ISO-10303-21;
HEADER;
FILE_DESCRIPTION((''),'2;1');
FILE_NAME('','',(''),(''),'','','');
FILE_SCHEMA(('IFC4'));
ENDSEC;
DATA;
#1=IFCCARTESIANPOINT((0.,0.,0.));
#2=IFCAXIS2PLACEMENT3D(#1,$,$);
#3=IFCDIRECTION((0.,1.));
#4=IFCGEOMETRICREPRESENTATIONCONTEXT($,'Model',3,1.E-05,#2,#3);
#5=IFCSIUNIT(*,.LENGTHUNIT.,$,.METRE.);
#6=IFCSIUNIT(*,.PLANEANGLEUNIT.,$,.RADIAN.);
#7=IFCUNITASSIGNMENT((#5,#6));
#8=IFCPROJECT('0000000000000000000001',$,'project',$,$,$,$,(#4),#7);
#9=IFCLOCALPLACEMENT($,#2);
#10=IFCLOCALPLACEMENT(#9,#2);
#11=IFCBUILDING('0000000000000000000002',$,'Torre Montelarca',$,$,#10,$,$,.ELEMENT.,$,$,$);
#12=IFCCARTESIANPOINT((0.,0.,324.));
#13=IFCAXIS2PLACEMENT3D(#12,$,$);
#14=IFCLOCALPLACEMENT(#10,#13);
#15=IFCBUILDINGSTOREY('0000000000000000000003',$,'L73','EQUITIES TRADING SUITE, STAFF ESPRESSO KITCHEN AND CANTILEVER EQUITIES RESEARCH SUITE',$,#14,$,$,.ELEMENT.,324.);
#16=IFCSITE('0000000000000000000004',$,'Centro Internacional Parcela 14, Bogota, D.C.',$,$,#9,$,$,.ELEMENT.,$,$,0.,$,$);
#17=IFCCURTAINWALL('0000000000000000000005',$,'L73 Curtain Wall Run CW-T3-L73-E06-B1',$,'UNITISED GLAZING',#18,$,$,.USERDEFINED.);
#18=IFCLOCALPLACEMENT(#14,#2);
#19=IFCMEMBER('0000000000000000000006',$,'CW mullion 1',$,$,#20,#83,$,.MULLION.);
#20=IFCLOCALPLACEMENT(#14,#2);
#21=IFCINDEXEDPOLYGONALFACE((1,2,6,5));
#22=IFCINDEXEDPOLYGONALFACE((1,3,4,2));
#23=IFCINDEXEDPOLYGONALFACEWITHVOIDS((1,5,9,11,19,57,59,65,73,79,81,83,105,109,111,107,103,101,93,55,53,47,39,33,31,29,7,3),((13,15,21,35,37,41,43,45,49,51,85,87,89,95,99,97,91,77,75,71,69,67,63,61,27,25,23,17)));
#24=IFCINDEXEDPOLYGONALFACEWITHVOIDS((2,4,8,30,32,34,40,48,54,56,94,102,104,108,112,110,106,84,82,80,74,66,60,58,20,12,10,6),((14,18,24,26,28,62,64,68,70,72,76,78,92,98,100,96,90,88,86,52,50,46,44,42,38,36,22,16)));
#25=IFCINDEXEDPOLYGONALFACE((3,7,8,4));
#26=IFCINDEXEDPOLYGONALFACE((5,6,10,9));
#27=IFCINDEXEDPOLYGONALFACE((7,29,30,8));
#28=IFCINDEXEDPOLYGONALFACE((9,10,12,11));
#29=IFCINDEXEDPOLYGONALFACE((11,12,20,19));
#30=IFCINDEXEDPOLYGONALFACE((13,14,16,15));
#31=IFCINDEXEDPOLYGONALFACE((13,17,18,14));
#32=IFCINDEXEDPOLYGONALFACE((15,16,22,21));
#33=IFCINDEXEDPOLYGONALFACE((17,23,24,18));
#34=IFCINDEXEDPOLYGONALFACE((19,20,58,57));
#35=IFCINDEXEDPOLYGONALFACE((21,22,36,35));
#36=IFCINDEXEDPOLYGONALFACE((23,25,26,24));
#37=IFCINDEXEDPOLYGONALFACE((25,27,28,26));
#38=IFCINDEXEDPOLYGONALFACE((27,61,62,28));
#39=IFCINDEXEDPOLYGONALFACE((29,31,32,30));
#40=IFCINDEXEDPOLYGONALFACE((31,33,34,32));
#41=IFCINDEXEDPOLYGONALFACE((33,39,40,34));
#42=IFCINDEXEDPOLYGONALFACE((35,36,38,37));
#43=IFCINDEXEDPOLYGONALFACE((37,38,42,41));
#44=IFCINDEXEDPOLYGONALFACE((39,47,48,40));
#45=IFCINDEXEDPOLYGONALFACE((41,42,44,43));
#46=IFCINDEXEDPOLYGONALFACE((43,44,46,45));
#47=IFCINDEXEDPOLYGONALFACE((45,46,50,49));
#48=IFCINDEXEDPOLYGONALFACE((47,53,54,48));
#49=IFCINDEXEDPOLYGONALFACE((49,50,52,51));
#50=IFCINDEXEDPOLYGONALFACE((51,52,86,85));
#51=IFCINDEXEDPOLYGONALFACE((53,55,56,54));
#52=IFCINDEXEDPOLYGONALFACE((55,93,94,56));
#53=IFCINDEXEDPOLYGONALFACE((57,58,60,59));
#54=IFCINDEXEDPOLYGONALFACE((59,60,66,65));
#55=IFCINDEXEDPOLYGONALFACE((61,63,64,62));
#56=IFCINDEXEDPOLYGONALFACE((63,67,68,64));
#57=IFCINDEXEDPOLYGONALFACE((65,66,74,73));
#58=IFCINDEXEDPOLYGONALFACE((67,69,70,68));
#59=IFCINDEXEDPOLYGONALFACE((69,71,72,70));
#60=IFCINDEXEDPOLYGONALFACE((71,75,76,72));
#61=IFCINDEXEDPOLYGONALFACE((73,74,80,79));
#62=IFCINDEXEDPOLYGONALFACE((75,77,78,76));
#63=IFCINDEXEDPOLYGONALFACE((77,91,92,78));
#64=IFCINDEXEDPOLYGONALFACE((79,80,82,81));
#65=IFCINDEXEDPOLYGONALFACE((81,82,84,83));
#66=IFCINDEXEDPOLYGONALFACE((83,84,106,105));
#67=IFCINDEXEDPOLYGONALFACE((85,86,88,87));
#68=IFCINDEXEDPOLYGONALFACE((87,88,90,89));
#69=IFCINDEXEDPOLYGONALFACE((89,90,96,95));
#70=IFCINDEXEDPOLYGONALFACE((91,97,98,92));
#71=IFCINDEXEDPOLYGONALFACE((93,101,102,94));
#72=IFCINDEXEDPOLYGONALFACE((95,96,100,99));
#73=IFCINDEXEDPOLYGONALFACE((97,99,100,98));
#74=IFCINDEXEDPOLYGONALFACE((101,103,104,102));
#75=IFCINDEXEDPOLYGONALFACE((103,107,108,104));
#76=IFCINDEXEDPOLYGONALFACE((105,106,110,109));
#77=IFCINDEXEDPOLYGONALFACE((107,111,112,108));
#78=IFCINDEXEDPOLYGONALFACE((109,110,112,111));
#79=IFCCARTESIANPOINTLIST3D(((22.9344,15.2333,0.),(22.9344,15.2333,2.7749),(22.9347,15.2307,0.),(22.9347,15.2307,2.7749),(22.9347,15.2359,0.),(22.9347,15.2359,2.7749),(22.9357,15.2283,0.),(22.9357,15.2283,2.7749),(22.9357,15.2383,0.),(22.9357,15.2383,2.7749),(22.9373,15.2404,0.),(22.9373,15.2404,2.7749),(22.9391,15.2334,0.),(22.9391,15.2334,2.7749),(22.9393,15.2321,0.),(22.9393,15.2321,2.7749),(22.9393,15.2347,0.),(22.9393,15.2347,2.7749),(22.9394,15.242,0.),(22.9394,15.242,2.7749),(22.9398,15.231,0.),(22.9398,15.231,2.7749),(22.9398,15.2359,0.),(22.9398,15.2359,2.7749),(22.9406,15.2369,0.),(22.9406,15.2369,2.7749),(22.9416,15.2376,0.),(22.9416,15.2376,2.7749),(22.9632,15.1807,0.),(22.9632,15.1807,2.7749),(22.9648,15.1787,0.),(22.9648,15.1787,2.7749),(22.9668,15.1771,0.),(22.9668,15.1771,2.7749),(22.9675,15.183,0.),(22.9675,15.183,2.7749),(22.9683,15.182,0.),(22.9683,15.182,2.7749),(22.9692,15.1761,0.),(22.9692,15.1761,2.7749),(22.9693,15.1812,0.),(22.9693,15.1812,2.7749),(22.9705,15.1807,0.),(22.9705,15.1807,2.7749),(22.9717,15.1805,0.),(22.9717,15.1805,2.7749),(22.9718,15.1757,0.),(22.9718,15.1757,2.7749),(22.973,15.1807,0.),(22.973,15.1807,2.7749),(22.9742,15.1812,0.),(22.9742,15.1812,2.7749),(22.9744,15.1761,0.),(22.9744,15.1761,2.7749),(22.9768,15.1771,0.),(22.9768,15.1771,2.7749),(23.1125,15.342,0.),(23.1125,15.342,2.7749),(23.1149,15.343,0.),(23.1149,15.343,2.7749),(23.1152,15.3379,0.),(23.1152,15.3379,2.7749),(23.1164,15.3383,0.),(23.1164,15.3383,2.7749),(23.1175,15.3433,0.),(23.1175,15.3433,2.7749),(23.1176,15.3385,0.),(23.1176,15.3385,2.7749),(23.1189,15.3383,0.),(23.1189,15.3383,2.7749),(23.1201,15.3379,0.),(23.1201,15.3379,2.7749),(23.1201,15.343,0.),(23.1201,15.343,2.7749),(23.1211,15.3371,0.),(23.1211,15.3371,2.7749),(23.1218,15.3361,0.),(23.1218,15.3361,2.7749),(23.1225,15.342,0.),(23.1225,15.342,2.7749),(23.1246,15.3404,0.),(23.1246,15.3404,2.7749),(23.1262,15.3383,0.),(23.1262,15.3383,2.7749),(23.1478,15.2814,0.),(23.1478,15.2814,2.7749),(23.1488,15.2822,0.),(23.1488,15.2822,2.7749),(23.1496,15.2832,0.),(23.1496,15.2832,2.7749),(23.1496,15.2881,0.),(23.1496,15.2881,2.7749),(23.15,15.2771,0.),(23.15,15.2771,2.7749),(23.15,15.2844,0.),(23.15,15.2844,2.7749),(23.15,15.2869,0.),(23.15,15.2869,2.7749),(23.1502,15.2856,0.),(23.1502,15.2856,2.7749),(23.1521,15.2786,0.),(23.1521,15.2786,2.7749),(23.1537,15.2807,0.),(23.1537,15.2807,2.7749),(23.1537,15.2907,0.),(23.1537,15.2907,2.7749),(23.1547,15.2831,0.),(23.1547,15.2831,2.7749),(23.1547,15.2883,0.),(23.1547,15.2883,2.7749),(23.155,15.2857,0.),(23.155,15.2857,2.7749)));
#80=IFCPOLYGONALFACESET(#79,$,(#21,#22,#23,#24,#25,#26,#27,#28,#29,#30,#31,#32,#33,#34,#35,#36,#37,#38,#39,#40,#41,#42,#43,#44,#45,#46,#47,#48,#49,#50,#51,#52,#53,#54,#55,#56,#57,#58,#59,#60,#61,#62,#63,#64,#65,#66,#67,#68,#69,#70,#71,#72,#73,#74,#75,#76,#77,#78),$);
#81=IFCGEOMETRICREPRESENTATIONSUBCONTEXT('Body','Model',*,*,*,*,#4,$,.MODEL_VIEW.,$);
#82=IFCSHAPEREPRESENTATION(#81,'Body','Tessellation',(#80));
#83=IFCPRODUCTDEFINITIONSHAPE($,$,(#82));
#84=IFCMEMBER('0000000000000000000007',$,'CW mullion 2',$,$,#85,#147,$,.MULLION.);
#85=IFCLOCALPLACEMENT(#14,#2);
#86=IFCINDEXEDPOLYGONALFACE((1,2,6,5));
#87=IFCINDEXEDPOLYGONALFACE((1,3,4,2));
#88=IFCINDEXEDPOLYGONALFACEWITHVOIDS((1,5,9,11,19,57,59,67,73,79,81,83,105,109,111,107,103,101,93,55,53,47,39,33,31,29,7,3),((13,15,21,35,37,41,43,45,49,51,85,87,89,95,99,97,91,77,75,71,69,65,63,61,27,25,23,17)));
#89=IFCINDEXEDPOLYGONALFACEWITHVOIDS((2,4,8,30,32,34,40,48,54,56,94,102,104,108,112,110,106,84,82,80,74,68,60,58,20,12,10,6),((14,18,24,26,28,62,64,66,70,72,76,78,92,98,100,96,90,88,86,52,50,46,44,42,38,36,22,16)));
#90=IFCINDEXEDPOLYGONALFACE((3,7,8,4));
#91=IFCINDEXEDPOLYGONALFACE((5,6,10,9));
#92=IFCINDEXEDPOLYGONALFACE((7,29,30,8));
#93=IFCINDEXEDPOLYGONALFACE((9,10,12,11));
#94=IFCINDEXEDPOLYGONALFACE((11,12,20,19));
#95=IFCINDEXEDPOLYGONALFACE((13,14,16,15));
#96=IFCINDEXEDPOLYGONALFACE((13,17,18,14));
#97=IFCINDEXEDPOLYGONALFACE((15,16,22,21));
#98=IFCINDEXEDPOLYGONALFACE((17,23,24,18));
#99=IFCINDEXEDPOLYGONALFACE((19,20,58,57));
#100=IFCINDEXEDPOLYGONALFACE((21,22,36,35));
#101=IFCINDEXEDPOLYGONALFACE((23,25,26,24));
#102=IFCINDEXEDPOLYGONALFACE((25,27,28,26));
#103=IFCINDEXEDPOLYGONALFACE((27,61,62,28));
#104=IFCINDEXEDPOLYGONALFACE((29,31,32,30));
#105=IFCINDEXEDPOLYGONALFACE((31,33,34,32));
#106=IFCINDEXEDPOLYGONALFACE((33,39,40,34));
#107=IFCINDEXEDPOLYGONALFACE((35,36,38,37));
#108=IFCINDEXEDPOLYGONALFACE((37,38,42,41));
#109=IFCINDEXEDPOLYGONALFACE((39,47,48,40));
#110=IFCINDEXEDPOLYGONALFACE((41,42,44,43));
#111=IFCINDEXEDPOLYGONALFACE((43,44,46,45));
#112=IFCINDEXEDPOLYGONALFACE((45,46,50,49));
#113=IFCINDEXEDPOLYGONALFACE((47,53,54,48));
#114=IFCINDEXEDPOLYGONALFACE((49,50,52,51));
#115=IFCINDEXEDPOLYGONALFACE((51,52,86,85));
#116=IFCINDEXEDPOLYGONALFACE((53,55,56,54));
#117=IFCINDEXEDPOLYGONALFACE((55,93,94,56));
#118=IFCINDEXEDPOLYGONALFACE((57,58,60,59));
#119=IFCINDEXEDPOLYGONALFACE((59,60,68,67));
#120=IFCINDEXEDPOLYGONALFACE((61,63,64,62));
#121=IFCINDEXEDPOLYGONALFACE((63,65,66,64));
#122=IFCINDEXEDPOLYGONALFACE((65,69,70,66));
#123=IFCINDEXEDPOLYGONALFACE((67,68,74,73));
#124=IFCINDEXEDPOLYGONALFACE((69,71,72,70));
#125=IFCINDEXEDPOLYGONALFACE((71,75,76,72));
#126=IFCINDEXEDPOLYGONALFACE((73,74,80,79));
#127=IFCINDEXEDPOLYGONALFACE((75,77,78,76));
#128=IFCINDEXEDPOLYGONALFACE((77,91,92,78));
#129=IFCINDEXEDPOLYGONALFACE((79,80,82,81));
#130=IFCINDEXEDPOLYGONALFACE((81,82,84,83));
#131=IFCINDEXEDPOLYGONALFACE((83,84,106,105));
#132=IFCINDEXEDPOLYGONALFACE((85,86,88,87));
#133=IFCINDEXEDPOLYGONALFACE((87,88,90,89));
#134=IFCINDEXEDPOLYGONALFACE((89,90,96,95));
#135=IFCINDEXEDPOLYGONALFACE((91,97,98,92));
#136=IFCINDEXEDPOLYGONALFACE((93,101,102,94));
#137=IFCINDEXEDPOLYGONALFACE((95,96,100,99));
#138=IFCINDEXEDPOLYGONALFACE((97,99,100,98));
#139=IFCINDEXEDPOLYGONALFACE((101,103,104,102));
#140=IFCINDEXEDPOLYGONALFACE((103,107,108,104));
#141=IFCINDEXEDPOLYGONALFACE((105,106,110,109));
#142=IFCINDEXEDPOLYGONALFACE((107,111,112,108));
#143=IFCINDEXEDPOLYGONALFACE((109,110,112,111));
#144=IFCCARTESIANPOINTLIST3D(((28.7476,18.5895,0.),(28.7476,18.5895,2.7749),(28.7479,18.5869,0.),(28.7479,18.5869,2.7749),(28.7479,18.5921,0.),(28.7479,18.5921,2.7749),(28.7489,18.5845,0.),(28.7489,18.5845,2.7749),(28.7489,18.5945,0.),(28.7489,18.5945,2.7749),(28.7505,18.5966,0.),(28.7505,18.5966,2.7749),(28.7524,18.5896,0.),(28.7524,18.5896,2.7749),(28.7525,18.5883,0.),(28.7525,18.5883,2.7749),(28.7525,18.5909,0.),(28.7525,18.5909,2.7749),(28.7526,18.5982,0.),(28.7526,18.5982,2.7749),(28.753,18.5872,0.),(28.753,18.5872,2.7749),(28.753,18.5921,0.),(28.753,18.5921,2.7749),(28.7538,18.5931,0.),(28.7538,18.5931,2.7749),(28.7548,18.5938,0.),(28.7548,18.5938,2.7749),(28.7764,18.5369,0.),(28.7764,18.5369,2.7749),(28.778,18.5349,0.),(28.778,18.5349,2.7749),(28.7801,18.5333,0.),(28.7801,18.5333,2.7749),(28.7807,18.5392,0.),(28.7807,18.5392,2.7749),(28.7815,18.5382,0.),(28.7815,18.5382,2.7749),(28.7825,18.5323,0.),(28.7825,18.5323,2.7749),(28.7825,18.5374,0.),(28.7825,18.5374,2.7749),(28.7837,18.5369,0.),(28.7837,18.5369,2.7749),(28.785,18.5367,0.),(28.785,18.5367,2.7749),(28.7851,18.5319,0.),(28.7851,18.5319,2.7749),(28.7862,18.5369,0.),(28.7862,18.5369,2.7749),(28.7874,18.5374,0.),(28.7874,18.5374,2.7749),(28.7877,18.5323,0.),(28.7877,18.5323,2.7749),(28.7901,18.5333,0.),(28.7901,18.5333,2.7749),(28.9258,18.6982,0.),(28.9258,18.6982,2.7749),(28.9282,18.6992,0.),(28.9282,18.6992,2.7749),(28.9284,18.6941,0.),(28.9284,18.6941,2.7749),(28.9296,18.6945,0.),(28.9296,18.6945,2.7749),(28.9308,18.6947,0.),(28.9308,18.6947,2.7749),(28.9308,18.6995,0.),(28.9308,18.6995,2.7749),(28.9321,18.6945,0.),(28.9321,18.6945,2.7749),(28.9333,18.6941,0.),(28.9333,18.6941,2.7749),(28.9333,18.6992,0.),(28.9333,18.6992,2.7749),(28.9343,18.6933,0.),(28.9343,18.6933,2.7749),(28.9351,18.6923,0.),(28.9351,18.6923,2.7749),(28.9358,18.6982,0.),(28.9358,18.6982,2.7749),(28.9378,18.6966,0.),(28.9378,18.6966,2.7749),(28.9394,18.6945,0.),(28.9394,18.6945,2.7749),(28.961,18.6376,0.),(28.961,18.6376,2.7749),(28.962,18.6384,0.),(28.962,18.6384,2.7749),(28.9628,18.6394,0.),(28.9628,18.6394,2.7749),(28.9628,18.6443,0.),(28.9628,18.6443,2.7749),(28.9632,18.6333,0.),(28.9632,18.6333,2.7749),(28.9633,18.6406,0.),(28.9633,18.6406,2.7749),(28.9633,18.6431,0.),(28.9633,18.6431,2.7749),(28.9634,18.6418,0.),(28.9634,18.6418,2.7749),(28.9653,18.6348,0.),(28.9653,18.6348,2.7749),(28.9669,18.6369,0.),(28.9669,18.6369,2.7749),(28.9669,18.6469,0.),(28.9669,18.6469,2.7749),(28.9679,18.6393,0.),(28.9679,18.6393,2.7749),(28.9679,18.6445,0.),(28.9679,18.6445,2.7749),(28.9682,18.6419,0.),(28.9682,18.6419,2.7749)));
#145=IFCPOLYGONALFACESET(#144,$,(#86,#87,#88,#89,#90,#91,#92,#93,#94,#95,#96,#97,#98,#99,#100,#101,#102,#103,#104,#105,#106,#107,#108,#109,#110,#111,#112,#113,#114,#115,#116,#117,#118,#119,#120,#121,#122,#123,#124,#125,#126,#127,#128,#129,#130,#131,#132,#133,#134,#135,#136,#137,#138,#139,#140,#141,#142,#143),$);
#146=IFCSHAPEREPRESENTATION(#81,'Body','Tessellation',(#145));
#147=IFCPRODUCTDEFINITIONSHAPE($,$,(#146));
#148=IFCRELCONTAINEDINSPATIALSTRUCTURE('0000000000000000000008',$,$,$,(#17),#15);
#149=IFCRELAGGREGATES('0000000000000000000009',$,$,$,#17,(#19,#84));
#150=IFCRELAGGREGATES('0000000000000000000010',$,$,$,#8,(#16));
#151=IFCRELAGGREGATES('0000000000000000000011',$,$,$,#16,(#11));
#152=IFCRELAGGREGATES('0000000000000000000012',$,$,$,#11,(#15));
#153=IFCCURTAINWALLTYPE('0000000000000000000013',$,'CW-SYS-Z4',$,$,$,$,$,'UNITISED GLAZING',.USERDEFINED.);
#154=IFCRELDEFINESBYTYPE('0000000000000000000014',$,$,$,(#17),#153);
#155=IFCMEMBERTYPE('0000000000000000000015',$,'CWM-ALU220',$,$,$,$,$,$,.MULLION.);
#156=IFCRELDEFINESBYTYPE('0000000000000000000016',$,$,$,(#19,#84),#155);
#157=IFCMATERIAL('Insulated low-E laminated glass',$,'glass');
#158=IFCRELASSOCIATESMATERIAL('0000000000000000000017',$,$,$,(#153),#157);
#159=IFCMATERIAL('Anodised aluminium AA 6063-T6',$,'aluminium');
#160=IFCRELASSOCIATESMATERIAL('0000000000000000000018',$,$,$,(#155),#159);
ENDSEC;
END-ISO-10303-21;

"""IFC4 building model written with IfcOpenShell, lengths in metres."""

from ifc_helpers import new_model, si_unit, direction, frame, origin, origin_2d, place, context, subcontext, project, spatial, hollow_rectangle, extrude, source, transform, mapped, material, material_profile, profile_set, type_object, element, aggregate, save


model = new_model("IFC4")

# Units and contexts
model_context = context("Model", 3, precision=1e-05, world=origin(), true_north=direction((0.0, 1.0)))
body_context = subcontext(model_context, "Body", "Model", "MODEL_VIEW")
ifc_project = project(units=[si_unit("LENGTHUNIT", "METRE"), si_unit("PLANEANGLEUNIT", "RADIAN")], contexts=[model_context])

# Site, building, storey
site_placement = place(None, origin())
site = spatial("IfcSite", under=ifc_project, at=site_placement, Name="Centro Internacional Parcela 14, Bogota, D.C.", CompositionType="ELEMENT", RefElevation=0.0)
building_placement = place(site_placement, origin())
building = spatial("IfcBuilding", under=site, at=building_placement, Name="Torre Montelarca", CompositionType="ELEMENT")
storey_placement = place(building_placement, frame((0.0, 0.0, 324.0)))
storey = spatial("IfcBuildingStorey", under=building, at=storey_placement, Name="L73", Description="EQUITIES TRADING SUITE, STAFF ESPRESSO KITCHEN AND CANTILEVER EQUITIES RESEARCH SUITE", CompositionType="ELEMENT", Elevation=324.0)

# Curtain wall, members
ifc_material_1 = material(Name="Insulated low-E laminated glass", Category="glass")
curtain_wall_type = type_object("IfcCurtainWallType", Name="CW-SYS-Z4", ElementType="UNITISED GLAZING", PredefinedType="USERDEFINED", material=ifc_material_1)
curtain_wall_placement = place(storey_placement, origin())
curtain_wall = element("IfcCurtainWall", 1, at=curtain_wall_placement, inside=storey, type_object=curtain_wall_type, Name="L73 Curtain Wall Run CW-T3-L73-E06-B1", ObjectType="UNITISED GLAZING", PredefinedType="USERDEFINED")
ifc_material_2 = material(Name="Anodised aluminium AA 6063-T6", Category="aluminium")
ifc_material_profile_1 = material_profile(ifc_material_2, hollow_rectangle(XDim=0.075, YDim=0.22, WallThickness=0.0049, InnerFilletRadius=0.0049, OuterFilletRadius=0.01, at=origin_2d()), Name="ALU75X220X5", Category="aluminium")
ifc_profile_set_1 = profile_set([ifc_material_profile_1], Name="Anodised aluminium AA 6063-T6")
member_type_1 = type_object("IfcMemberType", Name="CWM-ALU220", PredefinedType="MULLION", material=ifc_profile_set_1)
shared_shape_1 = source(origin(), body_context, "Body", "SweptSolid", [
    extrude(hollow_rectangle(XDim=0.075, YDim=0.22, WallThickness=0.0049, InnerFilletRadius=0.0049, OuterFilletRadius=0.01, at=origin_2d()), origin(), (0.0, 0.0, 1.0), 2.7749),
])
member_1_placement = place(storey_placement, frame((23.0447, 15.2595, 0.0), z_axis=(0.0, 0.0, 1.0), x_axis=(-0.499999, 0.866026, 0.0)))
member_1 = element("IfcMember", 2, at=member_1_placement, type_object=member_type_1, Name="CW mullion 1", PredefinedType="MULLION", context=body_context, shape_type="MappedRepresentation", body=[
    mapped(shared_shape_1, transform((0.0, 0.0, 0.0), scale=1.0)),
])
member_2_placement = place(storey_placement, frame((28.8579, 18.6157, 0.0), z_axis=(0.0, 0.0, 1.0), x_axis=(-0.499999, 0.866026, 0.0)))
member_2 = element("IfcMember", 3, at=member_2_placement, type_object=member_type_1, Name="CW mullion 2", PredefinedType="MULLION", context=body_context, shape_type="MappedRepresentation", body=[
    mapped(shared_shape_1, transform((0.0, 0.0, 0.0), scale=1.0)),
])

aggregate(curtain_wall, [member_1, member_2])

save(model, "model.ifc")
